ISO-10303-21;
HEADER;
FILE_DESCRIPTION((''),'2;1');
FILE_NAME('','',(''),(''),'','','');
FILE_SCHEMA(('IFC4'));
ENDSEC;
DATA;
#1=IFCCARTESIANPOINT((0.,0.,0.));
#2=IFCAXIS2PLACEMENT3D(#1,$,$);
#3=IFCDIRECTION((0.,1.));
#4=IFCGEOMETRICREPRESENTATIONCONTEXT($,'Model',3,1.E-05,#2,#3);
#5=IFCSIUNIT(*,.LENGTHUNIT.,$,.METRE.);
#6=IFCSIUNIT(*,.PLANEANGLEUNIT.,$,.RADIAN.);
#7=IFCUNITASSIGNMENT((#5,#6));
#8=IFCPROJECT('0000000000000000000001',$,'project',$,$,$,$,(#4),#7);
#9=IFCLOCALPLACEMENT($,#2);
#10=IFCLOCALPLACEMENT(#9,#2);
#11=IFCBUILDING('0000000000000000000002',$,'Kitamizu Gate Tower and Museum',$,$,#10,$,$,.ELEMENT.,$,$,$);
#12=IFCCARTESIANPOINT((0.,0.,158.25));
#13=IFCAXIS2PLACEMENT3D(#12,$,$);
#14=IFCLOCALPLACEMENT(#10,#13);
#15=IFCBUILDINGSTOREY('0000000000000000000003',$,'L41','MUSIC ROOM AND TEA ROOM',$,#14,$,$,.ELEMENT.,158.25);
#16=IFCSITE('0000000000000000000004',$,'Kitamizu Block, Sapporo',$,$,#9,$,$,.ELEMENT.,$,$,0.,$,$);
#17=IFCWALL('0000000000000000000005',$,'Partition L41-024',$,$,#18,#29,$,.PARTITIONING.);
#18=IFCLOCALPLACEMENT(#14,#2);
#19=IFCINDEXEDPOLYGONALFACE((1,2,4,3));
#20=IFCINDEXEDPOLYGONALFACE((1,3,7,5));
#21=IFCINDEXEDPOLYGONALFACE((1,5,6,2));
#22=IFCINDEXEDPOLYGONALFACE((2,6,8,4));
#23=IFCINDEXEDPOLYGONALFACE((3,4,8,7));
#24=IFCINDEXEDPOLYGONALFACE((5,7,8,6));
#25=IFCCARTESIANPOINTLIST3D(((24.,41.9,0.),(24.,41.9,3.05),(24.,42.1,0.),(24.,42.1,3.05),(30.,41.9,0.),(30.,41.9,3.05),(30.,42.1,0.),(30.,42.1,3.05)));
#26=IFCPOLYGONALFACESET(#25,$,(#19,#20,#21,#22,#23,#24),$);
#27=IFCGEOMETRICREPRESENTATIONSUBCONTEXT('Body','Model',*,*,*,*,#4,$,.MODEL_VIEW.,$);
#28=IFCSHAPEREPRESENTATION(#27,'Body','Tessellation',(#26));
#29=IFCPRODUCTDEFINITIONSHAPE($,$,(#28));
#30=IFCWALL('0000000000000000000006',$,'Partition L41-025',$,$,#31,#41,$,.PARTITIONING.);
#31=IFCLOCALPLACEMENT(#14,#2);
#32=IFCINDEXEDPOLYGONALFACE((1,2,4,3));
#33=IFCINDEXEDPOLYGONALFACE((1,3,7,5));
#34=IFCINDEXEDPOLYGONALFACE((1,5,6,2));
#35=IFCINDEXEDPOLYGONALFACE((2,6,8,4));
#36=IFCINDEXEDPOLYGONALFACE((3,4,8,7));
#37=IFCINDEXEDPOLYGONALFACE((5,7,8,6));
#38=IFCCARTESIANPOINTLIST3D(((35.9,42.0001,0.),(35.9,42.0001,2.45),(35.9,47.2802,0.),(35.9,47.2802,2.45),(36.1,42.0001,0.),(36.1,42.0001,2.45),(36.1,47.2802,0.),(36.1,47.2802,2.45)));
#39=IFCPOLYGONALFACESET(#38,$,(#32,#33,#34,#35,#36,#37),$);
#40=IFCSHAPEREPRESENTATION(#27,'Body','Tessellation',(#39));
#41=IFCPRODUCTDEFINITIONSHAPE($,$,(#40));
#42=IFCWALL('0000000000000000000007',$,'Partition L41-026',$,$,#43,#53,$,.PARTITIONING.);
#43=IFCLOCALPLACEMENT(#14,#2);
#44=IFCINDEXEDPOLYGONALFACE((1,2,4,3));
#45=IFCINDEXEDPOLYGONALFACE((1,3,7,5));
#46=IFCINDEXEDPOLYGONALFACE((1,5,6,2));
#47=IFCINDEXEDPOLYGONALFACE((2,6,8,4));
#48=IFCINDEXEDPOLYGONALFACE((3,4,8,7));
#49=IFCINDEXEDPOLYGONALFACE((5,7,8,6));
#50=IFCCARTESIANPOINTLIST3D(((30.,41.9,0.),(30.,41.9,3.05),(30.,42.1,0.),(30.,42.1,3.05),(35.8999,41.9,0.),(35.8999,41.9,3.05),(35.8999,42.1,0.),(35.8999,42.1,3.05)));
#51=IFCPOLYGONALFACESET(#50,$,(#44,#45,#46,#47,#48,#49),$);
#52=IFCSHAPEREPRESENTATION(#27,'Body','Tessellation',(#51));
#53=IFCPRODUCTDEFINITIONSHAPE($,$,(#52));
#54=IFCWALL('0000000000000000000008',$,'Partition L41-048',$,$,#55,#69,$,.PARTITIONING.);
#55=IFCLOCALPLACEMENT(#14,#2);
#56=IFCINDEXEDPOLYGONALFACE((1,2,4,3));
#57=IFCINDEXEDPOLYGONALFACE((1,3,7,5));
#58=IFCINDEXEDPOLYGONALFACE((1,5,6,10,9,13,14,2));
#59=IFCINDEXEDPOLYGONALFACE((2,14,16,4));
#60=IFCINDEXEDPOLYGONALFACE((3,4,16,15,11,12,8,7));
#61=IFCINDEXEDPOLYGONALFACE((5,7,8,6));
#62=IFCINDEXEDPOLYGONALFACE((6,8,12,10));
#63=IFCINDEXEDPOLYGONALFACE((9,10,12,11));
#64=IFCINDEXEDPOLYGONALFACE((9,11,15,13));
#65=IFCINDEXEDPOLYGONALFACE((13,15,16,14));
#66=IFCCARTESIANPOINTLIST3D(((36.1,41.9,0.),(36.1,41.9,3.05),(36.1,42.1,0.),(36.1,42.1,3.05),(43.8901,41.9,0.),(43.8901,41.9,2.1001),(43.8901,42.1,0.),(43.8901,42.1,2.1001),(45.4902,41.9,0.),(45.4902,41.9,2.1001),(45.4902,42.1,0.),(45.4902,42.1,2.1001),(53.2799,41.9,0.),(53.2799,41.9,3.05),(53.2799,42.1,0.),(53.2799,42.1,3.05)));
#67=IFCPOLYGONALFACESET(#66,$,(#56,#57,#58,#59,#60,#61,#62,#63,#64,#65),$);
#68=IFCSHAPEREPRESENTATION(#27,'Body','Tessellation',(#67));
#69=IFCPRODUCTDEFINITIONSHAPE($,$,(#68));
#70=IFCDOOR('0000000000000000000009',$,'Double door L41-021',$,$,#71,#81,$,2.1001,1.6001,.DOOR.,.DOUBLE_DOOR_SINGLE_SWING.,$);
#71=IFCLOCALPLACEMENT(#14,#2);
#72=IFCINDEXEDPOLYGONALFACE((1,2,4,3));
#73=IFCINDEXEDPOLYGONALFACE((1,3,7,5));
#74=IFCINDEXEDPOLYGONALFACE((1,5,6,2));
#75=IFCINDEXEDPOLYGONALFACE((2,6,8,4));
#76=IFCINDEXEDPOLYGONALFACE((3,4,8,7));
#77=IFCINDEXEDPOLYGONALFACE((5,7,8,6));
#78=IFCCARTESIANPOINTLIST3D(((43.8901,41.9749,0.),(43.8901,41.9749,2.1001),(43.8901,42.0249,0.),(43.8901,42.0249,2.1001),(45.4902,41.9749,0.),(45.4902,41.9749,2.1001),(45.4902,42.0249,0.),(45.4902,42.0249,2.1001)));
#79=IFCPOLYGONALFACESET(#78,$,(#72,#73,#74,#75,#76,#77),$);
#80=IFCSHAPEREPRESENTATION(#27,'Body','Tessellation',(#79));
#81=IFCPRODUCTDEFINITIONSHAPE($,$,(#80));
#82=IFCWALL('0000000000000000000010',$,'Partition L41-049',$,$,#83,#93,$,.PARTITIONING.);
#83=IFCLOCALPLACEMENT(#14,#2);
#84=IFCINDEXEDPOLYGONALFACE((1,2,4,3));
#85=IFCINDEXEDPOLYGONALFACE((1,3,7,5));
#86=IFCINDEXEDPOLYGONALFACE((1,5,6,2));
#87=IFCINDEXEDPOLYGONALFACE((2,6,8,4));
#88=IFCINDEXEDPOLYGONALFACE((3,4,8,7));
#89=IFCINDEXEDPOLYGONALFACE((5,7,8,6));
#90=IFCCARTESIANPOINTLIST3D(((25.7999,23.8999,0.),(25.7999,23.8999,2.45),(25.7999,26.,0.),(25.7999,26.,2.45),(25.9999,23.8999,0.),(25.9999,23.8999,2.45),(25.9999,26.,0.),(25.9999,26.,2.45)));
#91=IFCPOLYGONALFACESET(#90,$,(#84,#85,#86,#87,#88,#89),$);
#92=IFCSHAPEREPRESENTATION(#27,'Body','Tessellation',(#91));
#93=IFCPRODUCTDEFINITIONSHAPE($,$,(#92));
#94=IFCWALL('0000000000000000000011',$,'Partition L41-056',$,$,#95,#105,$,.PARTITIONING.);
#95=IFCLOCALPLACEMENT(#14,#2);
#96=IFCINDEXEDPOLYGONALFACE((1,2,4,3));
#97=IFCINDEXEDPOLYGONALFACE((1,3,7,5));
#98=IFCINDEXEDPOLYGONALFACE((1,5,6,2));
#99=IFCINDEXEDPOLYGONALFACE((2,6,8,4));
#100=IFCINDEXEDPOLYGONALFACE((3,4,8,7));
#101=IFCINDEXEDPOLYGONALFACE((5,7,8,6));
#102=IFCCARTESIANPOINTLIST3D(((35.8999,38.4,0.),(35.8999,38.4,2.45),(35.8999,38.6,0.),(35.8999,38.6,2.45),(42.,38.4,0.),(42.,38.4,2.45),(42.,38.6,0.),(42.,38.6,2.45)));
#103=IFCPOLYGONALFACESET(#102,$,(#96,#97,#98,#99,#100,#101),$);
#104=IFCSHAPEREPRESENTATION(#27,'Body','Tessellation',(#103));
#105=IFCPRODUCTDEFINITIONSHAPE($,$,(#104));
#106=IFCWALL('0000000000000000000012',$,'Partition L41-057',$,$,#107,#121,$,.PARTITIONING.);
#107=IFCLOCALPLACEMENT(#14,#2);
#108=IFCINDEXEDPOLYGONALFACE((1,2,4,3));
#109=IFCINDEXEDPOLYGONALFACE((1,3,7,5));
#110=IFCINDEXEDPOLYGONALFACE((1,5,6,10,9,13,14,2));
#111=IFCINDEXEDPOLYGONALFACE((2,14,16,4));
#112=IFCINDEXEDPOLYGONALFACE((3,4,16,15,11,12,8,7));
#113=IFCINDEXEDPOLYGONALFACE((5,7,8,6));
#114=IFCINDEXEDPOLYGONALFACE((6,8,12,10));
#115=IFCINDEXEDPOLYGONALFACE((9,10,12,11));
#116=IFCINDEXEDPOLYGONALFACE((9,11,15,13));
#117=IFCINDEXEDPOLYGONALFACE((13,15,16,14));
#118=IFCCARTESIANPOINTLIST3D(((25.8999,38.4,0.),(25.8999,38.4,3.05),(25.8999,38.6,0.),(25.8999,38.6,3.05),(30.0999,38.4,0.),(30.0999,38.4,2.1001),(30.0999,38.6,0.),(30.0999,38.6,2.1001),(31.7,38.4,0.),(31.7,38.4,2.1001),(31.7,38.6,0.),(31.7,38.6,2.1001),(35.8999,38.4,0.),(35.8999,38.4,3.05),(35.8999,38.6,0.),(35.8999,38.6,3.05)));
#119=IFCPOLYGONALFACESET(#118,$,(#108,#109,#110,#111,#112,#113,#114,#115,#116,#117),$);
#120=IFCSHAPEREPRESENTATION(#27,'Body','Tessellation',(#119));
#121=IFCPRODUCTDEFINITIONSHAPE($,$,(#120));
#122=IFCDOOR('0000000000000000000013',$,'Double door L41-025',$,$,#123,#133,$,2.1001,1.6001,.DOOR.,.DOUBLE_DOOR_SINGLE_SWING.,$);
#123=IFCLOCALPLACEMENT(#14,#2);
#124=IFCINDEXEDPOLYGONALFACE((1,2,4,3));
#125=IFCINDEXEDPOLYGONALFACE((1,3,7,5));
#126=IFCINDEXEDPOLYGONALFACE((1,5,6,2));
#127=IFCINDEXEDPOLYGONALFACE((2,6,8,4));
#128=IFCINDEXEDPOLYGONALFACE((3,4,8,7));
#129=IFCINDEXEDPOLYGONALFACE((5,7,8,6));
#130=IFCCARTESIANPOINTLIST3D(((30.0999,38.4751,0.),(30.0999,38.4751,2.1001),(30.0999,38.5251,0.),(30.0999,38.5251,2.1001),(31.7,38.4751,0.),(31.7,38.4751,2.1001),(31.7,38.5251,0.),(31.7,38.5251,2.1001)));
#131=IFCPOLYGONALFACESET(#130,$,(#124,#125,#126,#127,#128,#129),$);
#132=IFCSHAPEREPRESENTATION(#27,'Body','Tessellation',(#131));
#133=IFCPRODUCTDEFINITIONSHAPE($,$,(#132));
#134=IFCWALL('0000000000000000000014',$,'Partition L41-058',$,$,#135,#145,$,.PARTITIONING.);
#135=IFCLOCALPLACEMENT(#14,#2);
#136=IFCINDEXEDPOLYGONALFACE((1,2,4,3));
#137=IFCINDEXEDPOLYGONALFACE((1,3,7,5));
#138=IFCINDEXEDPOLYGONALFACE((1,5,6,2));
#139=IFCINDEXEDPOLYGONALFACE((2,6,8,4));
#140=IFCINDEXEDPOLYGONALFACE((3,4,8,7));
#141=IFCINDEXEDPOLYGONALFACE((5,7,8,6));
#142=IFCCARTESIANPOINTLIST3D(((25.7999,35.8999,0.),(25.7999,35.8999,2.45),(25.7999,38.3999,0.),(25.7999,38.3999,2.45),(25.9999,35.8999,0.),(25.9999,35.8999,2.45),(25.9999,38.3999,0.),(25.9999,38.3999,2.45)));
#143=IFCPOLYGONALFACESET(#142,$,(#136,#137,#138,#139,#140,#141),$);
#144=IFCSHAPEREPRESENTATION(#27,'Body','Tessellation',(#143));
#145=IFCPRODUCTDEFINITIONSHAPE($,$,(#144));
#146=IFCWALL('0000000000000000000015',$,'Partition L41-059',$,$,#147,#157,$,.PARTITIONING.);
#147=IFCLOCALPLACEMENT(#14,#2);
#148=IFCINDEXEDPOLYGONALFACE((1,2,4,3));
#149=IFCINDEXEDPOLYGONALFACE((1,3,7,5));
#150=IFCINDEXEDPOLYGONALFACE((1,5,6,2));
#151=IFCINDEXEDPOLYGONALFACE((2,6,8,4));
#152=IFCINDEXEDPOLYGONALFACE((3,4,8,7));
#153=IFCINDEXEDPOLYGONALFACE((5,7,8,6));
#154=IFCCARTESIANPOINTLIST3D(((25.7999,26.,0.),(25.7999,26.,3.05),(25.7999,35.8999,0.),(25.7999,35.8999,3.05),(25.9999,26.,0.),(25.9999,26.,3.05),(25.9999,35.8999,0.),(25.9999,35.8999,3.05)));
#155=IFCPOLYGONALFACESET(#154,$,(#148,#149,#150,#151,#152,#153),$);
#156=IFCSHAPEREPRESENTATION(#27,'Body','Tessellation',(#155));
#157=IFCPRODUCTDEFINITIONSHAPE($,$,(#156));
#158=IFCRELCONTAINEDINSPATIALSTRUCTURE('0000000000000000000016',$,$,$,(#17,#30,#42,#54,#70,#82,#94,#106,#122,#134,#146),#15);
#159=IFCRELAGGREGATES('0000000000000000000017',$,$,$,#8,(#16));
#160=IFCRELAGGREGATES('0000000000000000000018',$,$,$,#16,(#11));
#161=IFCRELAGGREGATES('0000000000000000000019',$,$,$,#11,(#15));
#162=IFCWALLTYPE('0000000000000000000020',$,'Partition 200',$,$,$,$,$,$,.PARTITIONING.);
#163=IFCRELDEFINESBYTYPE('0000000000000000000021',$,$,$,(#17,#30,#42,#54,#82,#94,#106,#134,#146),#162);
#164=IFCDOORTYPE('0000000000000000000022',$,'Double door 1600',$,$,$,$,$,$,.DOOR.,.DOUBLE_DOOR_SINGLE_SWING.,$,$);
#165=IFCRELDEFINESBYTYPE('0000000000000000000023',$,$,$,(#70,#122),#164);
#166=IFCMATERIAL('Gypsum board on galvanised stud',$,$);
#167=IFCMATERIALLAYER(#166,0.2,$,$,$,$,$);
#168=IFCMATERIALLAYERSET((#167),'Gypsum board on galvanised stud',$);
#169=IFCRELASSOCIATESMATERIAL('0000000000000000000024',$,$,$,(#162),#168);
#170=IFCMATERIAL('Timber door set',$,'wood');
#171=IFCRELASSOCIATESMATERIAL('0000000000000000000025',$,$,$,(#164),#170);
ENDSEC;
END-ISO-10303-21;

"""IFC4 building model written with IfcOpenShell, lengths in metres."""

from ifc_helpers import new_model, si_unit, direction, frame, frame_2d, origin, place, context, subcontext, project, spatial, rectangle, extrude, material, layer, layer_set, type_object, element, fill, save


model = new_model("IFC4")

# Units and contexts
model_context = context("Model", 3, precision=1e-05, world=origin(), true_north=direction((0.0, 1.0)))
body_context = subcontext(model_context, "Body", "Model", "MODEL_VIEW")
ifc_project = project(units=[si_unit("LENGTHUNIT", "METRE"), si_unit("PLANEANGLEUNIT", "RADIAN")], contexts=[model_context])

# Site, building, storey
site_placement = place(None, origin())
site = spatial("IfcSite", under=ifc_project, at=site_placement, Name="Kitamizu Block, Sapporo", CompositionType="ELEMENT", RefElevation=0.0)
building_placement = place(site_placement, origin())
building = spatial("IfcBuilding", under=site, at=building_placement, Name="Kitamizu Gate Tower and Museum", CompositionType="ELEMENT")
storey_placement = place(building_placement, frame((0.0, 0.0, 158.25)))
storey = spatial("IfcBuildingStorey", under=building, at=storey_placement, Name="L41", Description="MUSIC ROOM AND TEA ROOM", CompositionType="ELEMENT", Elevation=158.25)

# Walls
ifc_material_1 = material(Name="Gypsum board on galvanised stud")
ifc_layer_1 = layer(ifc_material_1, 0.2)
ifc_layer_set_1 = layer_set([ifc_layer_1], Name="Gypsum board on galvanised stud")
wall_type_1 = type_object("IfcWallType", Name="Partition 200", PredefinedType="PARTITIONING", material=ifc_layer_set_1)
wall_1_placement = place(storey_placement, frame((24.0, 42.0, 0.0), z_axis=(0.0, 0.0, 1.0), x_axis=(1.0, 0.0, 0.0)))
element("IfcWall", 1, at=wall_1_placement, inside=storey, type_object=wall_type_1, Name="Partition L41-024", PredefinedType="PARTITIONING", context=body_context, shape_type="SweptSolid", body=[
    extrude(rectangle(XDim=6.0, YDim=0.2, at=frame_2d((3.0, 0.0))), origin(), (0.0, 0.0, 1.0), 3.05),
])
wall_2_placement = place(storey_placement, frame((36.0, 42.0, 0.0), z_axis=(0.0, 0.0, 1.0), x_axis=(0.0, 1.0, 0.0)))
element("IfcWall", 2, at=wall_2_placement, inside=storey, type_object=wall_type_1, Name="Partition L41-025", PredefinedType="PARTITIONING", context=body_context, shape_type="SweptSolid", body=[
    extrude(rectangle(XDim=5.28, YDim=0.2, at=frame_2d((2.6401, 0.0))), origin(), (0.0, 0.0, 1.0), 2.45),
])
wall_3_placement = place(storey_placement, frame((30.0, 42.0, 0.0), z_axis=(0.0, 0.0, 1.0), x_axis=(1.0, 0.0, 0.0)))
element("IfcWall", 3, at=wall_3_placement, inside=storey, type_object=wall_type_1, Name="Partition L41-026", PredefinedType="PARTITIONING", context=body_context, shape_type="SweptSolid", body=[
    extrude(rectangle(XDim=5.8999, YDim=0.2, at=frame_2d((2.95, 0.0))), origin(), (0.0, 0.0, 1.0), 3.05),
])

# Wall, opening, door
wall_4_placement = place(storey_placement, frame((36.1001, 42.0, 0.0), z_axis=(0.0, 0.0, 1.0), x_axis=(1.0, 0.0, 0.0)))
wall_4 = element("IfcWall", 4, at=wall_4_placement, inside=storey, type_object=wall_type_1, Name="Partition L41-048", PredefinedType="PARTITIONING", context=body_context, shape_type="SweptSolid", body=[
    extrude(rectangle(XDim=17.1799, YDim=0.2, at=frame_2d((8.5898, 0.0))), origin(), (0.0, 0.0, 1.0), 3.05),
])
opening_1_placement = place(wall_4_placement, frame((7.79, 0.0, 0.0)))
opening_1 = element("IfcOpeningElement", 5, at=opening_1_placement, cuts=wall_4, PredefinedType="OPENING", context=body_context, shape_type="SweptSolid", body=[
    extrude(rectangle(XDim=1.6001, YDim=2.1001, at=frame_2d((0.8, 1.05))), frame((0.0, 0.1099, 0.0), z_axis=(0.0, -1.0, 0.0), x_axis=(1.0, 0.0, 0.0)), (0.0, 0.0, 1.0), 0.22),
])
ifc_material_2 = material(Name="Timber door set", Category="wood")
door_type_1 = type_object("IfcDoorType", Name="Double door 1600", OperationType="DOUBLE_DOOR_SINGLE_SWING", PredefinedType="DOOR", material=ifc_material_2)
door_1_placement = place(opening_1_placement, origin())
door_1 = element("IfcDoor", 6, at=door_1_placement, inside=storey, type_object=door_type_1, Name="Double door L41-021", OperationType="DOUBLE_DOOR_SINGLE_SWING", OverallHeight=2.1001, OverallWidth=1.6001, PredefinedType="DOOR", context=body_context, shape_type="SweptSolid", body=[
    extrude(rectangle(XDim=1.6001, YDim=2.1001, at=frame_2d((0.8, 1.05))), frame((0.0, 0.0249, 0.0), z_axis=(0.0, -1.0, 0.0), x_axis=(1.0, 0.0, 0.0)), (0.0, 0.0, 1.0), 0.05),
])
fill(opening_1, door_1)

# Walls
wall_5_placement = place(storey_placement, frame((25.8999, 26.0, 0.0), z_axis=(0.0, 0.0, 1.0), x_axis=(0.0, -1.0, 0.0)))
element("IfcWall", 7, at=wall_5_placement, inside=storey, type_object=wall_type_1, Name="Partition L41-049", PredefinedType="PARTITIONING", context=body_context, shape_type="SweptSolid", body=[
    extrude(rectangle(XDim=2.1001, YDim=0.2, at=frame_2d((1.05, 0.0))), origin(), (0.0, 0.0, 1.0), 2.45),
])
wall_6_placement = place(storey_placement, frame((42.0, 38.5, 0.0), z_axis=(0.0, 0.0, 1.0), x_axis=(-1.0, 0.0, 0.0)))
element("IfcWall", 8, at=wall_6_placement, inside=storey, type_object=wall_type_1, Name="Partition L41-056", PredefinedType="PARTITIONING", context=body_context, shape_type="SweptSolid", body=[
    extrude(rectangle(XDim=6.1001, YDim=0.2, at=frame_2d((3.05, 0.0))), origin(), (0.0, 0.0, 1.0), 2.45),
])

# Wall, opening, door
wall_7_placement = place(storey_placement, frame((35.8999, 38.5, 0.0), z_axis=(0.0, 0.0, 1.0), x_axis=(-1.0, 0.0, 0.0)))
wall_7 = element("IfcWall", 9, at=wall_7_placement, inside=storey, type_object=wall_type_1, Name="Partition L41-057", PredefinedType="PARTITIONING", context=body_context, shape_type="SweptSolid", body=[
    extrude(rectangle(XDim=10.0, YDim=0.2, at=frame_2d((5.0, 0.0))), origin(), (0.0, 0.0, 1.0), 3.05),
])
opening_2_placement = place(wall_7_placement, frame((4.2, 0.0, 0.0)))
opening_2 = element("IfcOpeningElement", 10, at=opening_2_placement, cuts=wall_7, PredefinedType="OPENING", context=body_context, shape_type="SweptSolid", body=[
    extrude(rectangle(XDim=1.6001, YDim=2.1001, at=frame_2d((0.8, 1.05))), frame((0.0, 0.1099, 0.0), z_axis=(0.0, -1.0, 0.0), x_axis=(1.0, 0.0, 0.0)), (0.0, 0.0, 1.0), 0.22),
])
door_2_placement = place(opening_2_placement, origin())
door_2 = element("IfcDoor", 11, at=door_2_placement, inside=storey, type_object=door_type_1, Name="Double door L41-025", OperationType="DOUBLE_DOOR_SINGLE_SWING", OverallHeight=2.1001, OverallWidth=1.6001, PredefinedType="DOOR", context=body_context, shape_type="SweptSolid", body=[
    extrude(rectangle(XDim=1.6001, YDim=2.1001, at=frame_2d((0.8, 1.05))), frame((0.0, 0.0249, 0.0), z_axis=(0.0, -1.0, 0.0), x_axis=(1.0, 0.0, 0.0)), (0.0, 0.0, 1.0), 0.05),
])
fill(opening_2, door_2)

# Walls
wall_8_placement = place(storey_placement, frame((25.8999, 38.3999, 0.0), z_axis=(0.0, 0.0, 1.0), x_axis=(0.0, -1.0, 0.0)))
element("IfcWall", 12, at=wall_8_placement, inside=storey, type_object=wall_type_1, Name="Partition L41-058", PredefinedType="PARTITIONING", context=body_context, shape_type="SweptSolid", body=[
    extrude(rectangle(XDim=2.5, YDim=0.2, at=frame_2d((1.25, 0.0))), origin(), (0.0, 0.0, 1.0), 2.45),
])
wall_9_placement = place(storey_placement, frame((25.8999, 35.8999, 0.0), z_axis=(0.0, 0.0, 1.0), x_axis=(0.0, -1.0, 0.0)))
element("IfcWall", 13, at=wall_9_placement, inside=storey, type_object=wall_type_1, Name="Partition L41-059", PredefinedType="PARTITIONING", context=body_context, shape_type="SweptSolid", body=[
    extrude(rectangle(XDim=9.8999, YDim=0.2, at=frame_2d((4.95, 0.0))), origin(), (0.0, 0.0, 1.0), 3.05),
])

save(model, "model.ifc")
